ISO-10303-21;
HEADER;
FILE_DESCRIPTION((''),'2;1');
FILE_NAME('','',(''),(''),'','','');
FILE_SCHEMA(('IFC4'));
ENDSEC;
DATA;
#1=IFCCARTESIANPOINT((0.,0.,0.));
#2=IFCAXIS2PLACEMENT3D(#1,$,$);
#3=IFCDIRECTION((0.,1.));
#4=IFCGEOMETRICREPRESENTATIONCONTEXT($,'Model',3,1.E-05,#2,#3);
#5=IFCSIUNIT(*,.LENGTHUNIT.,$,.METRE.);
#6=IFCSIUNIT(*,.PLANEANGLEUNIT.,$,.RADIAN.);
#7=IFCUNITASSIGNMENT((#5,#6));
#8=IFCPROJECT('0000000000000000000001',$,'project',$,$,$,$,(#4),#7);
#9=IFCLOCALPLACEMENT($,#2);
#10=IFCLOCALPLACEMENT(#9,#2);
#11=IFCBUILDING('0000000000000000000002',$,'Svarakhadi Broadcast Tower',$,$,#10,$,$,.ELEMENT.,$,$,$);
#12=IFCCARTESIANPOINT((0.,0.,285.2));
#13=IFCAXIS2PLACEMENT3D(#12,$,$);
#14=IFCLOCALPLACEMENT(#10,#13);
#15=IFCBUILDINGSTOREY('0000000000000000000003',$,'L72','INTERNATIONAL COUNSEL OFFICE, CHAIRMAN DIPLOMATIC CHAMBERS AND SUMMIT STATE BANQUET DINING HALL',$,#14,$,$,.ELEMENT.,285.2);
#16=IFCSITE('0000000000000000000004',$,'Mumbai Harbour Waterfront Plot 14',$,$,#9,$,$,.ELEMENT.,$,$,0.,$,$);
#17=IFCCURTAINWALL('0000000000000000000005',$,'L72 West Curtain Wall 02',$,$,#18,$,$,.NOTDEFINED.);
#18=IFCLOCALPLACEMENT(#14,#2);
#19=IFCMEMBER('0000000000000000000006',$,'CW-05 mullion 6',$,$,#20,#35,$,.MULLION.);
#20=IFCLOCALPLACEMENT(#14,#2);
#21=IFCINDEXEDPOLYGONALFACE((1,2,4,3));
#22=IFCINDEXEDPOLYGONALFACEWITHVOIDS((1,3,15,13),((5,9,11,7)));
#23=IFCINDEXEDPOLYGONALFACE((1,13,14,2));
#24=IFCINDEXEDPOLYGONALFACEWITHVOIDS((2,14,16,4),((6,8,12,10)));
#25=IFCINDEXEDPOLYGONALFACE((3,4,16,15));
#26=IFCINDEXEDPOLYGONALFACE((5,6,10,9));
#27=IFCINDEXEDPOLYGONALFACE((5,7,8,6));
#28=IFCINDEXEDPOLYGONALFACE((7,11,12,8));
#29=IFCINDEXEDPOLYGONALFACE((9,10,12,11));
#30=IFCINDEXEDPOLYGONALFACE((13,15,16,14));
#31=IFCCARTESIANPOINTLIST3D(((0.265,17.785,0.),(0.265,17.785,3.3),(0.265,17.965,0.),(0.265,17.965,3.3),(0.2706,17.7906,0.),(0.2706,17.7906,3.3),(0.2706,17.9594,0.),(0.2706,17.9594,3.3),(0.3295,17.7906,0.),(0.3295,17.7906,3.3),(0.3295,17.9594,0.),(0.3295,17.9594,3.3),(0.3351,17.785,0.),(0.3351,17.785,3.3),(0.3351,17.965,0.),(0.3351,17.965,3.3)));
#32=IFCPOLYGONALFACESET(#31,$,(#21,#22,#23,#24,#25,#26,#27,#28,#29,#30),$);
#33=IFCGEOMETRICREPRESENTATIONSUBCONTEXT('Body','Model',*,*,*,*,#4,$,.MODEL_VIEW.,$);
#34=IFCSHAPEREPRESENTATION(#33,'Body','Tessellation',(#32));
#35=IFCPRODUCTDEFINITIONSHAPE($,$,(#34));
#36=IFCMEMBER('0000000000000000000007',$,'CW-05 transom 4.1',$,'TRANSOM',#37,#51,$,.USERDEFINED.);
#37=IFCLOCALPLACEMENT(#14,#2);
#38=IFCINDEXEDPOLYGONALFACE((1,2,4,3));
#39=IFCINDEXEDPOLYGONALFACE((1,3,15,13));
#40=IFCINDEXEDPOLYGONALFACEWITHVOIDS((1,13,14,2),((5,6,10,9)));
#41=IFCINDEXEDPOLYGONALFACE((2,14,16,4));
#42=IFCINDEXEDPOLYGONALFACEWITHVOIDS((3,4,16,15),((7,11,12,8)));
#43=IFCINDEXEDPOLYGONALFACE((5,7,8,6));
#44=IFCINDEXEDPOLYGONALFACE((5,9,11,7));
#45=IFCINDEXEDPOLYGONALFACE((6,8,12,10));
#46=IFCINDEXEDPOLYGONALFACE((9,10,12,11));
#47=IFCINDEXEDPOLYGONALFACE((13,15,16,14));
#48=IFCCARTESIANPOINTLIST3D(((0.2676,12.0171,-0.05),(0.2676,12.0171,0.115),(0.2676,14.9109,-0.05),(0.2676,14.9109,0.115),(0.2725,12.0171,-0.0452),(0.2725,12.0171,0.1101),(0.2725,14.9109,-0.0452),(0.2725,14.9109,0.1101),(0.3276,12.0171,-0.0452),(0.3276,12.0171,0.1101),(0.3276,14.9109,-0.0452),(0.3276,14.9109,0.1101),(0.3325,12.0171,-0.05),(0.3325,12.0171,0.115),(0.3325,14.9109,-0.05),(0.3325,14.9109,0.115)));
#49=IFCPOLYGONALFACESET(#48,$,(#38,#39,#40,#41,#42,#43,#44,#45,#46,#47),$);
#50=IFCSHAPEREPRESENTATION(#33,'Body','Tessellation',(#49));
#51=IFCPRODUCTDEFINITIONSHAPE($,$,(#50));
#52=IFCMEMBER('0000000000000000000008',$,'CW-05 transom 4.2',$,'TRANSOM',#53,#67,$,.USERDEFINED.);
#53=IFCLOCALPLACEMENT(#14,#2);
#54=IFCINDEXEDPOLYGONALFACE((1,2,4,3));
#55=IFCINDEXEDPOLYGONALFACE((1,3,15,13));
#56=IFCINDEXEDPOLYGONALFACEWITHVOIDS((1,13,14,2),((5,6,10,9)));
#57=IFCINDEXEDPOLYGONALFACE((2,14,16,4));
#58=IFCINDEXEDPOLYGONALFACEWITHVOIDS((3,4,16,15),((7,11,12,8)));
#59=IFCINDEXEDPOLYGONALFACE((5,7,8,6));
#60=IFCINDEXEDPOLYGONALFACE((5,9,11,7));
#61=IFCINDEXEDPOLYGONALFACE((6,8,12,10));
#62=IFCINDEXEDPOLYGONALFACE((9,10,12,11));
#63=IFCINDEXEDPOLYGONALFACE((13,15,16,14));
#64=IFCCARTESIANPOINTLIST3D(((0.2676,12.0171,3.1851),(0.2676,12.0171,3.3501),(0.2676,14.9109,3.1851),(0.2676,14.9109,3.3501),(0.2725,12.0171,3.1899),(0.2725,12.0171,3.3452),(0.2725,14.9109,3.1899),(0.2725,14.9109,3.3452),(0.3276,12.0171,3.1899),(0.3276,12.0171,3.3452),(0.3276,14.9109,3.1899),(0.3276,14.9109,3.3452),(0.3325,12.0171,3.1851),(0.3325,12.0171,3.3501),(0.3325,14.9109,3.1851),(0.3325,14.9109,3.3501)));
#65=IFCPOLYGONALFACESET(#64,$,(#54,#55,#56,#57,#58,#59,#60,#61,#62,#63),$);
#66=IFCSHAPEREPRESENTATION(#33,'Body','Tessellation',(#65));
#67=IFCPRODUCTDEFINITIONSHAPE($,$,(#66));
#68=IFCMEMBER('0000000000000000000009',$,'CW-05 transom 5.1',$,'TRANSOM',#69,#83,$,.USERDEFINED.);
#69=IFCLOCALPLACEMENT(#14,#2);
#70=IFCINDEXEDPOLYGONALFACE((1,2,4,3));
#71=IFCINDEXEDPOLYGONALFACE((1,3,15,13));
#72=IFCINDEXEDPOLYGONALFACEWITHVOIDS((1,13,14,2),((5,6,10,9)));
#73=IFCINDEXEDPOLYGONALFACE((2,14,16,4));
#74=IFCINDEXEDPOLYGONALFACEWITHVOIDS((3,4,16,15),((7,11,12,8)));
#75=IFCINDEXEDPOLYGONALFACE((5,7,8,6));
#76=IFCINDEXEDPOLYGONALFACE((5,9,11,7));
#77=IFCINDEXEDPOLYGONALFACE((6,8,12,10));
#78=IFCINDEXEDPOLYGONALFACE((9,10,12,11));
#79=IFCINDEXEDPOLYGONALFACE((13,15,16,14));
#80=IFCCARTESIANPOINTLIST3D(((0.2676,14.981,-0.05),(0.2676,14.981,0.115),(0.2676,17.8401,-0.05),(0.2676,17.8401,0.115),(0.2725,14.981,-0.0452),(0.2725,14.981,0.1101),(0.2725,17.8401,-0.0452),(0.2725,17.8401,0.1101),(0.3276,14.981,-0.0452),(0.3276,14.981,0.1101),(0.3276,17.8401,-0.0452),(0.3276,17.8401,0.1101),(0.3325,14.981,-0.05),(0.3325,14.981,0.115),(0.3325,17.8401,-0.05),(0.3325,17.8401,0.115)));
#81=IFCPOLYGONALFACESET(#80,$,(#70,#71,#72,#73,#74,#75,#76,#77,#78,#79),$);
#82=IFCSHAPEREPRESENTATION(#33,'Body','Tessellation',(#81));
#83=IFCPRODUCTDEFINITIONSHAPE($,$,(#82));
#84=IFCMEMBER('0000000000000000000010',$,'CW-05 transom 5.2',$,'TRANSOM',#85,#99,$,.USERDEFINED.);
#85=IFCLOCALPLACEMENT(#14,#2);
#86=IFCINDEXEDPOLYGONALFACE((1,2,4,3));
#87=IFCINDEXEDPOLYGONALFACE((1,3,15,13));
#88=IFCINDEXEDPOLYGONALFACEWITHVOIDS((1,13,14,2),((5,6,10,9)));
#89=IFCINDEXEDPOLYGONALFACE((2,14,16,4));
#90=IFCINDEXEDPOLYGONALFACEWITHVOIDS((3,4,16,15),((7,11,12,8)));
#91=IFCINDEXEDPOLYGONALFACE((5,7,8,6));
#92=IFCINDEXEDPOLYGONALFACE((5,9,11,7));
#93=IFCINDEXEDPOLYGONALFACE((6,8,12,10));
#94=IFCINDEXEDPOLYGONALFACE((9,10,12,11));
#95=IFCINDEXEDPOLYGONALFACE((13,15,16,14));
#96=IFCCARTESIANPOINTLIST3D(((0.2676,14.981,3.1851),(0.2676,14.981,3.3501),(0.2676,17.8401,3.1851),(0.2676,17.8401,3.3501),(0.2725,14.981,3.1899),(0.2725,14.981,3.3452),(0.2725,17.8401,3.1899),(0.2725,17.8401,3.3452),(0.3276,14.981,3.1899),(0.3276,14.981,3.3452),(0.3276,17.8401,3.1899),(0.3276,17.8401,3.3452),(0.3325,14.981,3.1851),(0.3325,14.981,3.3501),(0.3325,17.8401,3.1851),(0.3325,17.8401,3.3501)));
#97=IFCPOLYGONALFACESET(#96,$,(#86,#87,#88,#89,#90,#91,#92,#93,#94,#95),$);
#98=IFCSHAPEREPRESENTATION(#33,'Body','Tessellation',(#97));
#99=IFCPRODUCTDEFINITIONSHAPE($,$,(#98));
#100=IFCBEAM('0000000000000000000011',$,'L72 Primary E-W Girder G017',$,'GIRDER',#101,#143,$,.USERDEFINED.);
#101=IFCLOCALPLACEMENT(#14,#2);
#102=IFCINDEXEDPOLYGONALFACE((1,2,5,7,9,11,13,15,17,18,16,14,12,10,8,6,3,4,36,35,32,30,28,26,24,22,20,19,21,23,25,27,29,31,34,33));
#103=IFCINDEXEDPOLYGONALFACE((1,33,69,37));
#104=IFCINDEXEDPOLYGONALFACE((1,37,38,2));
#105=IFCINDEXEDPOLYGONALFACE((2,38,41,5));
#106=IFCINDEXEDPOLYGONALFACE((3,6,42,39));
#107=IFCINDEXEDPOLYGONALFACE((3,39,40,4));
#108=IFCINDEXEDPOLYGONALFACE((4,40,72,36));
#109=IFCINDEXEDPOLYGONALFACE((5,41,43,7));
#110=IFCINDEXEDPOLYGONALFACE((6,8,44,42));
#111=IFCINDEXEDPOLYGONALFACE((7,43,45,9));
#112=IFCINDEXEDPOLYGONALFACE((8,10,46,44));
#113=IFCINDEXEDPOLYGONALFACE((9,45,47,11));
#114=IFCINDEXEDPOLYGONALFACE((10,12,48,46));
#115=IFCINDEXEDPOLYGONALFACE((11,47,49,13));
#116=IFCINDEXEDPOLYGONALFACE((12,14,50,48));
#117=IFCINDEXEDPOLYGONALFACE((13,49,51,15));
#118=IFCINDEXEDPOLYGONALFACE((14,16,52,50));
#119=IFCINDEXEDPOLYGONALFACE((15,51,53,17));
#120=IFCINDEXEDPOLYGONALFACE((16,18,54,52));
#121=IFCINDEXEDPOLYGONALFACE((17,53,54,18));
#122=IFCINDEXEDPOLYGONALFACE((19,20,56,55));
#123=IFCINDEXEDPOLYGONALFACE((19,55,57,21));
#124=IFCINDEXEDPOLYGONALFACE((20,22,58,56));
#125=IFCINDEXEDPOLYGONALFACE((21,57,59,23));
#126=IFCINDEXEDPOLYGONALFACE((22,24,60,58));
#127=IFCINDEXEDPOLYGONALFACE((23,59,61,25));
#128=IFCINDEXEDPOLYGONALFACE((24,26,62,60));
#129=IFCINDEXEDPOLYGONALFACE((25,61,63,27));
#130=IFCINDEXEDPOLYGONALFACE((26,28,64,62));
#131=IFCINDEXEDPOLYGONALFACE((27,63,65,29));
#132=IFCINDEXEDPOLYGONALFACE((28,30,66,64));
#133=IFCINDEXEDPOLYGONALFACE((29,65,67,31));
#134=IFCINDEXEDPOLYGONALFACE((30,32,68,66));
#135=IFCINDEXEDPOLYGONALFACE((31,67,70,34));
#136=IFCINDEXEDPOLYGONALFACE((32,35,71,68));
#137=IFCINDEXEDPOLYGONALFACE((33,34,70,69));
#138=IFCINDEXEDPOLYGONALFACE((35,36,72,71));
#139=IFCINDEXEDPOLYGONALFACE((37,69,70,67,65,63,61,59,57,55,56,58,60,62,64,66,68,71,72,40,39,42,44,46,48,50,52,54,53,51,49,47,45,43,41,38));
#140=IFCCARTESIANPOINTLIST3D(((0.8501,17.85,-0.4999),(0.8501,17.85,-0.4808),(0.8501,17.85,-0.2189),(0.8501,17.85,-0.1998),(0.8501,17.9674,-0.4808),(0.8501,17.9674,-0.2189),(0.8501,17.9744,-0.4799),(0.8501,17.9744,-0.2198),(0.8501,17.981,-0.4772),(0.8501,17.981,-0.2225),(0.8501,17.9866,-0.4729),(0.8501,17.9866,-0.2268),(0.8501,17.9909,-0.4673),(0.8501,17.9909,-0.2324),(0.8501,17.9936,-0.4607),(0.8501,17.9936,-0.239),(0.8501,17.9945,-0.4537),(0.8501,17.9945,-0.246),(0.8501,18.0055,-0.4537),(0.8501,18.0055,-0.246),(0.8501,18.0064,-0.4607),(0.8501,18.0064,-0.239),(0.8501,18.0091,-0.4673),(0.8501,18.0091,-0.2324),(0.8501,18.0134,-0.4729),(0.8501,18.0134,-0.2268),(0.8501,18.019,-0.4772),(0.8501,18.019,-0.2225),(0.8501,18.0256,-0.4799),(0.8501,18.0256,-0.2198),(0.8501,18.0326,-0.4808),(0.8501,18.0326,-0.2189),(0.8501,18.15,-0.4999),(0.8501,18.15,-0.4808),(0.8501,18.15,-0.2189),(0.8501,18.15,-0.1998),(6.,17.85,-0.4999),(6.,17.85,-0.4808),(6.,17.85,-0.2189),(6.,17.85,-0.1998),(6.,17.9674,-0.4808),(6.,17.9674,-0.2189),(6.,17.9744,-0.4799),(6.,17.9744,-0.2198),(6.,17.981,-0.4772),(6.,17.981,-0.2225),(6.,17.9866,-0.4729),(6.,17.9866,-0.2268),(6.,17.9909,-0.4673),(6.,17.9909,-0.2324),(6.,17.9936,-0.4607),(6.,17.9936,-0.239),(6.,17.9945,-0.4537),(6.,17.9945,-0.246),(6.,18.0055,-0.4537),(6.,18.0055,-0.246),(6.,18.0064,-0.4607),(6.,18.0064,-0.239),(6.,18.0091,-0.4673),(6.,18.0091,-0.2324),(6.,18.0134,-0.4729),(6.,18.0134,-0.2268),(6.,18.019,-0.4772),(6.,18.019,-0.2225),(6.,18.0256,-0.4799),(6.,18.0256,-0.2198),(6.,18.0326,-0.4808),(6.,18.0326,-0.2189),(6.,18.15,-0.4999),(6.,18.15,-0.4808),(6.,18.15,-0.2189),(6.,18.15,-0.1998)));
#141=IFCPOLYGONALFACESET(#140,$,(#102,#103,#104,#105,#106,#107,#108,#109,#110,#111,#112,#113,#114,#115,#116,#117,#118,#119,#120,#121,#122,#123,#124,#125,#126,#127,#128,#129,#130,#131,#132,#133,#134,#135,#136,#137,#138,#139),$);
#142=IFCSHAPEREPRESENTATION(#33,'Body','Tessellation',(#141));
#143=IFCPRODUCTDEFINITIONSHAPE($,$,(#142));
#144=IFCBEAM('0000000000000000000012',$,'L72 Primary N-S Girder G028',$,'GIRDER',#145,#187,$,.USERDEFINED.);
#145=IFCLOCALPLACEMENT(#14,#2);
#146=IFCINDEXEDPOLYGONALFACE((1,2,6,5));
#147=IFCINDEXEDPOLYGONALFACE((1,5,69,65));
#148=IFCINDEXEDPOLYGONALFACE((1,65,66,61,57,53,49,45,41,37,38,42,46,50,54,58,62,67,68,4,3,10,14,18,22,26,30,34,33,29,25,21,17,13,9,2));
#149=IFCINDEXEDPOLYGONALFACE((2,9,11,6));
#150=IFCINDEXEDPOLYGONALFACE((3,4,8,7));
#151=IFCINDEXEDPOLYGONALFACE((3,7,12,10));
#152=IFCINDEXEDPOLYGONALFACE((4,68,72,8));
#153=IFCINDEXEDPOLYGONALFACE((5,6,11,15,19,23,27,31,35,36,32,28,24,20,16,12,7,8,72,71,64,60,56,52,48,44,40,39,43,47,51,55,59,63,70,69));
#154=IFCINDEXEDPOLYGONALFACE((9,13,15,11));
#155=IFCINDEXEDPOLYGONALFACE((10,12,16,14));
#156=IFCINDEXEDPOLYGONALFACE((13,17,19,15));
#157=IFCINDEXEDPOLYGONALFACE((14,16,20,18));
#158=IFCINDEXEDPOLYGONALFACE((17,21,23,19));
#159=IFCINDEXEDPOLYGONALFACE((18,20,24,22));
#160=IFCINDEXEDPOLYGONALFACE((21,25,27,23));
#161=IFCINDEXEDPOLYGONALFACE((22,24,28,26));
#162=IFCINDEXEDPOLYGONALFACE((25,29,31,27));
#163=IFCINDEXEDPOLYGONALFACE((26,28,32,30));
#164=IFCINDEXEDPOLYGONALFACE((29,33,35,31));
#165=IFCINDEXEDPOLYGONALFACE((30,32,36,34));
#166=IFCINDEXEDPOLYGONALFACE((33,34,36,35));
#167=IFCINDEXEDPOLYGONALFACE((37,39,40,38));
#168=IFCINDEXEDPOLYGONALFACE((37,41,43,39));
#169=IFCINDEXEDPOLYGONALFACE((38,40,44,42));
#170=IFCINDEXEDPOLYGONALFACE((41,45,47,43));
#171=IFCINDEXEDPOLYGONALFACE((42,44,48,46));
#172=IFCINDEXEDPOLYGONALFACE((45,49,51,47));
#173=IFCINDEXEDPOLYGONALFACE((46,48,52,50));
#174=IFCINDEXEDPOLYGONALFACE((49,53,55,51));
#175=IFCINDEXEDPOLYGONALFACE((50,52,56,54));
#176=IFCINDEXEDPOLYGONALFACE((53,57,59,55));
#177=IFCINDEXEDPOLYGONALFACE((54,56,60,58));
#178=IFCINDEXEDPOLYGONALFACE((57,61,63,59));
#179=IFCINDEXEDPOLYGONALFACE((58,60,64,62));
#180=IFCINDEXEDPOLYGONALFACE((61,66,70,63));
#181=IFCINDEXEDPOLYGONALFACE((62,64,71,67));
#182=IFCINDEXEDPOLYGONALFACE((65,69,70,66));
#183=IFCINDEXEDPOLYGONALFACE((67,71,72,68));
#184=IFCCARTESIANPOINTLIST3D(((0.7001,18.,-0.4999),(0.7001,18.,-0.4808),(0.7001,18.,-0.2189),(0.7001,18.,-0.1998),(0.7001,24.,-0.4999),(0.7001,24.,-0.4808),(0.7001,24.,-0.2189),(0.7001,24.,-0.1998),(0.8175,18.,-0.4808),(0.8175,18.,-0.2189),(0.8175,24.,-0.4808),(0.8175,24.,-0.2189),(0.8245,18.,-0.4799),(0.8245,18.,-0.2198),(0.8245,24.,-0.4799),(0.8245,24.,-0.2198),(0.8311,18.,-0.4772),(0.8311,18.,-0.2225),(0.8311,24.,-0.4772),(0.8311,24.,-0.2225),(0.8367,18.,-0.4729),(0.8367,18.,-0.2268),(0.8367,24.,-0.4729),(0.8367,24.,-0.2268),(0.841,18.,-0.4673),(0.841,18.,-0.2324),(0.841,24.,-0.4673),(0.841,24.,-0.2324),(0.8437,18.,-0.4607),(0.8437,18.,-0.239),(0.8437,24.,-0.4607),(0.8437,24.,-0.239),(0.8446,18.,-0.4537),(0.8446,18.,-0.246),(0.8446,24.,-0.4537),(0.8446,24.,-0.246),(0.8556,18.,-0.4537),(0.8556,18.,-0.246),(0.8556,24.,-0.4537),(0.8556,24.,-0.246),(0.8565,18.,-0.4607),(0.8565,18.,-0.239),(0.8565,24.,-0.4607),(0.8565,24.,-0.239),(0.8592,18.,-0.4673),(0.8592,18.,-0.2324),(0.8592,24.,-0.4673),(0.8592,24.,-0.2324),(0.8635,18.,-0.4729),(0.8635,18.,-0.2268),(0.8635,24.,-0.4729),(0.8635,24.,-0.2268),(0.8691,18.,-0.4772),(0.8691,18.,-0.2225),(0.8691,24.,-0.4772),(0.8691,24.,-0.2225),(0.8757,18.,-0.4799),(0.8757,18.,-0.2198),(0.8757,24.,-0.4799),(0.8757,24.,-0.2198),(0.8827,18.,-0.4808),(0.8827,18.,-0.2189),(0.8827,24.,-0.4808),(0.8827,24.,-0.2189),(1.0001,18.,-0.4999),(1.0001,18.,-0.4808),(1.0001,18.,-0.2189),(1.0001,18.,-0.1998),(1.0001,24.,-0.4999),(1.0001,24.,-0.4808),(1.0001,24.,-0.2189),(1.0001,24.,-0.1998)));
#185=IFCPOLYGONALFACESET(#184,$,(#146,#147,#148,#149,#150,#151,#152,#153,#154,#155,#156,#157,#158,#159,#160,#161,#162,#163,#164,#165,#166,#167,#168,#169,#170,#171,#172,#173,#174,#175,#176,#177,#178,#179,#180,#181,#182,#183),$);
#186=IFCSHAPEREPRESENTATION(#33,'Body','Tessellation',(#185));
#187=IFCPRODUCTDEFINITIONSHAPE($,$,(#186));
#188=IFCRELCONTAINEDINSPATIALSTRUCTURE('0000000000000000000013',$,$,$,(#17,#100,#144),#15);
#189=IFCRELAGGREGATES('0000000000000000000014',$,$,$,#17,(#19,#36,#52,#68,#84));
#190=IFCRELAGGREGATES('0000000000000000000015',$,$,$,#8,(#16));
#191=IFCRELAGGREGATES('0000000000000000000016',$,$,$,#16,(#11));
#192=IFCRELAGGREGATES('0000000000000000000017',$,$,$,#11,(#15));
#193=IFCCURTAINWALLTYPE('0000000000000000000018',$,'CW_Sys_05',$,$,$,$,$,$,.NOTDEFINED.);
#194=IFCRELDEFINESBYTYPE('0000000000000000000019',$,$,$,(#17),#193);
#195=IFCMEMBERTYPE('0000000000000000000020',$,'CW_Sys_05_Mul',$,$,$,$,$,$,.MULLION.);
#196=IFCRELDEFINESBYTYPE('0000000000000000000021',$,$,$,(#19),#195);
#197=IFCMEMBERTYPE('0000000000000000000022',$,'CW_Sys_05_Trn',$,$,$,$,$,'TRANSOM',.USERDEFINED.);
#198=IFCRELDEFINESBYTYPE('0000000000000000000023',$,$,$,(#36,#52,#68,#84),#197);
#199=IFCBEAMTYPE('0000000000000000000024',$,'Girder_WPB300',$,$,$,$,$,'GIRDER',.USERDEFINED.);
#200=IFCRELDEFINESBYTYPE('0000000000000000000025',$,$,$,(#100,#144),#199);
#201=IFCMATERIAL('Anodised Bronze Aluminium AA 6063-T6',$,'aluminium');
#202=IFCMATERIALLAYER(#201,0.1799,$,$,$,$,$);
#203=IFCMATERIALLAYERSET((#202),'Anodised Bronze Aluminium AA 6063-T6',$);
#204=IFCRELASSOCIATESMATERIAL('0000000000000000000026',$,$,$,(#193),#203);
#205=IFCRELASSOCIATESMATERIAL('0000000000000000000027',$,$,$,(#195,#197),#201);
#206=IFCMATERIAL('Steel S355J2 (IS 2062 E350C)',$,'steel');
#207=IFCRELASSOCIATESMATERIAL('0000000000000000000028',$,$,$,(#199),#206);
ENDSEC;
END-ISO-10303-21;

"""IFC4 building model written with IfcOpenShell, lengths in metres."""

from ifc_helpers import new_model, si_unit, direction, frame, origin, origin_2d, place, context, subcontext, project, spatial, hollow_rectangle, i_section, extrude, material, layer, layer_set, material_profile, profile_set, type_object, element, aggregate, save


model = new_model("IFC4")

# Units and contexts
model_context = context("Model", 3, precision=1e-05, world=origin(), true_north=direction((0.0, 1.0)))
body_context = subcontext(model_context, "Body", "Model", "MODEL_VIEW")
ifc_project = project(units=[si_unit("LENGTHUNIT", "METRE"), si_unit("PLANEANGLEUNIT", "RADIAN")], contexts=[model_context])

# Site, building, storey
site_placement = place(None, origin())
site = spatial("IfcSite", under=ifc_project, at=site_placement, Name="Mumbai Harbour Waterfront Plot 14", CompositionType="ELEMENT", RefElevation=0.0)
building_placement = place(site_placement, origin())
building = spatial("IfcBuilding", under=site, at=building_placement, Name="Svarakhadi Broadcast Tower", CompositionType="ELEMENT")
storey_placement = place(building_placement, frame((0.0, 0.0, 285.2)))
storey = spatial("IfcBuildingStorey", under=building, at=storey_placement, Name="L72", Description="INTERNATIONAL COUNSEL OFFICE, CHAIRMAN DIPLOMATIC CHAMBERS AND SUMMIT STATE BANQUET DINING HALL", CompositionType="ELEMENT", Elevation=285.2)

# Shared definitions
ifc_material_1 = material(Name="Steel S355J2 (IS 2062 E350C)", Category="steel")

# Curtain wall, members
ifc_material_2 = material(Name="Anodised Bronze Aluminium AA 6063-T6", Category="aluminium")
ifc_layer_1 = layer(ifc_material_2, 0.1799)
ifc_layer_set_1 = layer_set([ifc_layer_1], Name="Anodised Bronze Aluminium AA 6063-T6")
curtain_wall_type = type_object("IfcCurtainWallType", Name="CW_Sys_05", PredefinedType="NOTDEFINED", material=ifc_layer_set_1)
curtain_wall_placement = place(storey_placement, origin())
curtain_wall = element("IfcCurtainWall", 1, at=curtain_wall_placement, inside=storey, type_object=curtain_wall_type, Name="L72 West Curtain Wall 02", PredefinedType="NOTDEFINED")
ifc_material_profile_1 = material_profile(ifc_material_2, hollow_rectangle(XDim=0.0701, YDim=0.1799, WallThickness=0.0056, at=origin_2d()), Name="ALU MULLION 180x70x6")
ifc_profile_set_1 = profile_set([ifc_material_profile_1], Name="Anodised Bronze Aluminium AA 6063-T6")
member_type_1 = type_object("IfcMemberType", Name="CW_Sys_05_Mul", PredefinedType="MULLION", material=ifc_profile_set_1)
member_1_placement = place(storey_placement, frame((0.3, 17.875, 0.0), z_axis=(0.0, 0.0, 1.0), x_axis=(-1.0, 0.0, 0.0)))
member_1 = element("IfcMember", 2, at=member_1_placement, type_object=member_type_1, Name="CW-05 mullion 6", PredefinedType="MULLION", context=body_context, shape_type="SweptSolid", body=[
    extrude(hollow_rectangle(XDim=0.0701, YDim=0.1799, WallThickness=0.0056, at=origin_2d()), origin(), (0.0, 0.0, 1.0), 3.3),
])
ifc_material_profile_2 = material_profile(ifc_material_2, hollow_rectangle(XDim=0.0649, YDim=0.165, WallThickness=0.0049, at=origin_2d()), Name="ALU TRANSOM 165x65x5")
ifc_profile_set_2 = profile_set([ifc_material_profile_2], Name="Anodised Bronze Aluminium AA 6063-T6")
member_type_2 = type_object("IfcMemberType", Name="CW_Sys_05_Trn", ElementType="TRANSOM", PredefinedType="USERDEFINED", material=ifc_profile_set_2)
member_2_placement = place(storey_placement, frame((0.3, 12.0171, 0.0325), z_axis=(0.0, 1.0, 0.0), x_axis=(-1.0, 0.0, 0.0)))
member_2 = element("IfcMember", 3, at=member_2_placement, type_object=member_type_2, Name="CW-05 transom 4.1", ObjectType="TRANSOM", PredefinedType="USERDEFINED", context=body_context, shape_type="SweptSolid", body=[
    extrude(hollow_rectangle(XDim=0.0649, YDim=0.165, WallThickness=0.0049, at=origin_2d()), origin(), (0.0, 0.0, 1.0), 2.8938),
])
member_3_placement = place(storey_placement, frame((0.3, 12.0171, 3.2676), z_axis=(0.0, 1.0, 0.0), x_axis=(-1.0, 0.0, 0.0)))
member_3 = element("IfcMember", 4, at=member_3_placement, type_object=member_type_2, Name="CW-05 transom 4.2", ObjectType="TRANSOM", PredefinedType="USERDEFINED", context=body_context, shape_type="SweptSolid", body=[
    extrude(hollow_rectangle(XDim=0.0649, YDim=0.165, WallThickness=0.0049, at=origin_2d()), origin(), (0.0, 0.0, 1.0), 2.8938),
])
member_4_placement = place(storey_placement, frame((0.3, 14.981, 0.0325), z_axis=(0.0, 1.0, 0.0), x_axis=(-1.0, 0.0, 0.0)))
member_4 = element("IfcMember", 5, at=member_4_placement, type_object=member_type_2, Name="CW-05 transom 5.1", ObjectType="TRANSOM", PredefinedType="USERDEFINED", context=body_context, shape_type="SweptSolid", body=[
    extrude(hollow_rectangle(XDim=0.0649, YDim=0.165, WallThickness=0.0049, at=origin_2d()), origin(), (0.0, 0.0, 1.0), 2.8591),
])
member_5_placement = place(storey_placement, frame((0.3, 14.981, 3.2676), z_axis=(0.0, 1.0, 0.0), x_axis=(-1.0, 0.0, 0.0)))
member_5 = element("IfcMember", 6, at=member_5_placement, type_object=member_type_2, Name="CW-05 transom 5.2", ObjectType="TRANSOM", PredefinedType="USERDEFINED", context=body_context, shape_type="SweptSolid", body=[
    extrude(hollow_rectangle(XDim=0.0649, YDim=0.165, WallThickness=0.0049, at=origin_2d()), origin(), (0.0, 0.0, 1.0), 2.8591),
])

# Beams
ifc_material_profile_3 = material_profile(ifc_material_1, i_section(OverallWidth=0.3, OverallDepth=0.3, WebThickness=0.011, FlangeThickness=0.019, FilletRadius=0.0271, at=origin_2d()), Name="WPB 300x300x117")
ifc_profile_set_3 = profile_set([ifc_material_profile_3], Name="Steel S355J2 (IS 2062 E350C)")
beam_type_1 = type_object("IfcBeamType", Name="Girder_WPB300", ElementType="GIRDER", PredefinedType="USERDEFINED", material=ifc_profile_set_3)
beam_1_placement = place(storey_placement, frame((0.8501, 18.0, -0.3499), z_axis=(1.0, 0.0, 0.0), x_axis=(0.0, 1.0, 0.0)))
element("IfcBeam", 7, at=beam_1_placement, inside=storey, type_object=beam_type_1, Name="L72 Primary E-W Girder G017", ObjectType="GIRDER", PredefinedType="USERDEFINED", context=body_context, shape_type="SweptSolid", body=[
    extrude(i_section(OverallWidth=0.3, OverallDepth=0.3, WebThickness=0.011, FlangeThickness=0.019, FilletRadius=0.0271, at=origin_2d()), origin(), (0.0, 0.0, 1.0), 5.1499),
])
for number, where, z_axis, x_axis, name in (
    (8, (0.8501, 18.0, -0.3499), (0.0, 1.0, 0.0), (-1.0, 0.0, 0.0), "L72 Primary N-S Girder G028"),
):
    element("IfcBeam", number, at=place(storey_placement, frame(where, z_axis=z_axis, x_axis=x_axis)), inside=storey, type_object=beam_type_1, Name=name, ObjectType="GIRDER", PredefinedType="USERDEFINED", context=body_context, shape_type="SweptSolid", body=[
        extrude(i_section(OverallWidth=0.3, OverallDepth=0.3, WebThickness=0.011, FlangeThickness=0.019, FilletRadius=0.0271, at=origin_2d()), origin(), (0.0, 0.0, 1.0), 6.0),
    ])

aggregate(curtain_wall, [member_1, member_2, member_3, member_4, member_5])

save(model, "model.ifc")
